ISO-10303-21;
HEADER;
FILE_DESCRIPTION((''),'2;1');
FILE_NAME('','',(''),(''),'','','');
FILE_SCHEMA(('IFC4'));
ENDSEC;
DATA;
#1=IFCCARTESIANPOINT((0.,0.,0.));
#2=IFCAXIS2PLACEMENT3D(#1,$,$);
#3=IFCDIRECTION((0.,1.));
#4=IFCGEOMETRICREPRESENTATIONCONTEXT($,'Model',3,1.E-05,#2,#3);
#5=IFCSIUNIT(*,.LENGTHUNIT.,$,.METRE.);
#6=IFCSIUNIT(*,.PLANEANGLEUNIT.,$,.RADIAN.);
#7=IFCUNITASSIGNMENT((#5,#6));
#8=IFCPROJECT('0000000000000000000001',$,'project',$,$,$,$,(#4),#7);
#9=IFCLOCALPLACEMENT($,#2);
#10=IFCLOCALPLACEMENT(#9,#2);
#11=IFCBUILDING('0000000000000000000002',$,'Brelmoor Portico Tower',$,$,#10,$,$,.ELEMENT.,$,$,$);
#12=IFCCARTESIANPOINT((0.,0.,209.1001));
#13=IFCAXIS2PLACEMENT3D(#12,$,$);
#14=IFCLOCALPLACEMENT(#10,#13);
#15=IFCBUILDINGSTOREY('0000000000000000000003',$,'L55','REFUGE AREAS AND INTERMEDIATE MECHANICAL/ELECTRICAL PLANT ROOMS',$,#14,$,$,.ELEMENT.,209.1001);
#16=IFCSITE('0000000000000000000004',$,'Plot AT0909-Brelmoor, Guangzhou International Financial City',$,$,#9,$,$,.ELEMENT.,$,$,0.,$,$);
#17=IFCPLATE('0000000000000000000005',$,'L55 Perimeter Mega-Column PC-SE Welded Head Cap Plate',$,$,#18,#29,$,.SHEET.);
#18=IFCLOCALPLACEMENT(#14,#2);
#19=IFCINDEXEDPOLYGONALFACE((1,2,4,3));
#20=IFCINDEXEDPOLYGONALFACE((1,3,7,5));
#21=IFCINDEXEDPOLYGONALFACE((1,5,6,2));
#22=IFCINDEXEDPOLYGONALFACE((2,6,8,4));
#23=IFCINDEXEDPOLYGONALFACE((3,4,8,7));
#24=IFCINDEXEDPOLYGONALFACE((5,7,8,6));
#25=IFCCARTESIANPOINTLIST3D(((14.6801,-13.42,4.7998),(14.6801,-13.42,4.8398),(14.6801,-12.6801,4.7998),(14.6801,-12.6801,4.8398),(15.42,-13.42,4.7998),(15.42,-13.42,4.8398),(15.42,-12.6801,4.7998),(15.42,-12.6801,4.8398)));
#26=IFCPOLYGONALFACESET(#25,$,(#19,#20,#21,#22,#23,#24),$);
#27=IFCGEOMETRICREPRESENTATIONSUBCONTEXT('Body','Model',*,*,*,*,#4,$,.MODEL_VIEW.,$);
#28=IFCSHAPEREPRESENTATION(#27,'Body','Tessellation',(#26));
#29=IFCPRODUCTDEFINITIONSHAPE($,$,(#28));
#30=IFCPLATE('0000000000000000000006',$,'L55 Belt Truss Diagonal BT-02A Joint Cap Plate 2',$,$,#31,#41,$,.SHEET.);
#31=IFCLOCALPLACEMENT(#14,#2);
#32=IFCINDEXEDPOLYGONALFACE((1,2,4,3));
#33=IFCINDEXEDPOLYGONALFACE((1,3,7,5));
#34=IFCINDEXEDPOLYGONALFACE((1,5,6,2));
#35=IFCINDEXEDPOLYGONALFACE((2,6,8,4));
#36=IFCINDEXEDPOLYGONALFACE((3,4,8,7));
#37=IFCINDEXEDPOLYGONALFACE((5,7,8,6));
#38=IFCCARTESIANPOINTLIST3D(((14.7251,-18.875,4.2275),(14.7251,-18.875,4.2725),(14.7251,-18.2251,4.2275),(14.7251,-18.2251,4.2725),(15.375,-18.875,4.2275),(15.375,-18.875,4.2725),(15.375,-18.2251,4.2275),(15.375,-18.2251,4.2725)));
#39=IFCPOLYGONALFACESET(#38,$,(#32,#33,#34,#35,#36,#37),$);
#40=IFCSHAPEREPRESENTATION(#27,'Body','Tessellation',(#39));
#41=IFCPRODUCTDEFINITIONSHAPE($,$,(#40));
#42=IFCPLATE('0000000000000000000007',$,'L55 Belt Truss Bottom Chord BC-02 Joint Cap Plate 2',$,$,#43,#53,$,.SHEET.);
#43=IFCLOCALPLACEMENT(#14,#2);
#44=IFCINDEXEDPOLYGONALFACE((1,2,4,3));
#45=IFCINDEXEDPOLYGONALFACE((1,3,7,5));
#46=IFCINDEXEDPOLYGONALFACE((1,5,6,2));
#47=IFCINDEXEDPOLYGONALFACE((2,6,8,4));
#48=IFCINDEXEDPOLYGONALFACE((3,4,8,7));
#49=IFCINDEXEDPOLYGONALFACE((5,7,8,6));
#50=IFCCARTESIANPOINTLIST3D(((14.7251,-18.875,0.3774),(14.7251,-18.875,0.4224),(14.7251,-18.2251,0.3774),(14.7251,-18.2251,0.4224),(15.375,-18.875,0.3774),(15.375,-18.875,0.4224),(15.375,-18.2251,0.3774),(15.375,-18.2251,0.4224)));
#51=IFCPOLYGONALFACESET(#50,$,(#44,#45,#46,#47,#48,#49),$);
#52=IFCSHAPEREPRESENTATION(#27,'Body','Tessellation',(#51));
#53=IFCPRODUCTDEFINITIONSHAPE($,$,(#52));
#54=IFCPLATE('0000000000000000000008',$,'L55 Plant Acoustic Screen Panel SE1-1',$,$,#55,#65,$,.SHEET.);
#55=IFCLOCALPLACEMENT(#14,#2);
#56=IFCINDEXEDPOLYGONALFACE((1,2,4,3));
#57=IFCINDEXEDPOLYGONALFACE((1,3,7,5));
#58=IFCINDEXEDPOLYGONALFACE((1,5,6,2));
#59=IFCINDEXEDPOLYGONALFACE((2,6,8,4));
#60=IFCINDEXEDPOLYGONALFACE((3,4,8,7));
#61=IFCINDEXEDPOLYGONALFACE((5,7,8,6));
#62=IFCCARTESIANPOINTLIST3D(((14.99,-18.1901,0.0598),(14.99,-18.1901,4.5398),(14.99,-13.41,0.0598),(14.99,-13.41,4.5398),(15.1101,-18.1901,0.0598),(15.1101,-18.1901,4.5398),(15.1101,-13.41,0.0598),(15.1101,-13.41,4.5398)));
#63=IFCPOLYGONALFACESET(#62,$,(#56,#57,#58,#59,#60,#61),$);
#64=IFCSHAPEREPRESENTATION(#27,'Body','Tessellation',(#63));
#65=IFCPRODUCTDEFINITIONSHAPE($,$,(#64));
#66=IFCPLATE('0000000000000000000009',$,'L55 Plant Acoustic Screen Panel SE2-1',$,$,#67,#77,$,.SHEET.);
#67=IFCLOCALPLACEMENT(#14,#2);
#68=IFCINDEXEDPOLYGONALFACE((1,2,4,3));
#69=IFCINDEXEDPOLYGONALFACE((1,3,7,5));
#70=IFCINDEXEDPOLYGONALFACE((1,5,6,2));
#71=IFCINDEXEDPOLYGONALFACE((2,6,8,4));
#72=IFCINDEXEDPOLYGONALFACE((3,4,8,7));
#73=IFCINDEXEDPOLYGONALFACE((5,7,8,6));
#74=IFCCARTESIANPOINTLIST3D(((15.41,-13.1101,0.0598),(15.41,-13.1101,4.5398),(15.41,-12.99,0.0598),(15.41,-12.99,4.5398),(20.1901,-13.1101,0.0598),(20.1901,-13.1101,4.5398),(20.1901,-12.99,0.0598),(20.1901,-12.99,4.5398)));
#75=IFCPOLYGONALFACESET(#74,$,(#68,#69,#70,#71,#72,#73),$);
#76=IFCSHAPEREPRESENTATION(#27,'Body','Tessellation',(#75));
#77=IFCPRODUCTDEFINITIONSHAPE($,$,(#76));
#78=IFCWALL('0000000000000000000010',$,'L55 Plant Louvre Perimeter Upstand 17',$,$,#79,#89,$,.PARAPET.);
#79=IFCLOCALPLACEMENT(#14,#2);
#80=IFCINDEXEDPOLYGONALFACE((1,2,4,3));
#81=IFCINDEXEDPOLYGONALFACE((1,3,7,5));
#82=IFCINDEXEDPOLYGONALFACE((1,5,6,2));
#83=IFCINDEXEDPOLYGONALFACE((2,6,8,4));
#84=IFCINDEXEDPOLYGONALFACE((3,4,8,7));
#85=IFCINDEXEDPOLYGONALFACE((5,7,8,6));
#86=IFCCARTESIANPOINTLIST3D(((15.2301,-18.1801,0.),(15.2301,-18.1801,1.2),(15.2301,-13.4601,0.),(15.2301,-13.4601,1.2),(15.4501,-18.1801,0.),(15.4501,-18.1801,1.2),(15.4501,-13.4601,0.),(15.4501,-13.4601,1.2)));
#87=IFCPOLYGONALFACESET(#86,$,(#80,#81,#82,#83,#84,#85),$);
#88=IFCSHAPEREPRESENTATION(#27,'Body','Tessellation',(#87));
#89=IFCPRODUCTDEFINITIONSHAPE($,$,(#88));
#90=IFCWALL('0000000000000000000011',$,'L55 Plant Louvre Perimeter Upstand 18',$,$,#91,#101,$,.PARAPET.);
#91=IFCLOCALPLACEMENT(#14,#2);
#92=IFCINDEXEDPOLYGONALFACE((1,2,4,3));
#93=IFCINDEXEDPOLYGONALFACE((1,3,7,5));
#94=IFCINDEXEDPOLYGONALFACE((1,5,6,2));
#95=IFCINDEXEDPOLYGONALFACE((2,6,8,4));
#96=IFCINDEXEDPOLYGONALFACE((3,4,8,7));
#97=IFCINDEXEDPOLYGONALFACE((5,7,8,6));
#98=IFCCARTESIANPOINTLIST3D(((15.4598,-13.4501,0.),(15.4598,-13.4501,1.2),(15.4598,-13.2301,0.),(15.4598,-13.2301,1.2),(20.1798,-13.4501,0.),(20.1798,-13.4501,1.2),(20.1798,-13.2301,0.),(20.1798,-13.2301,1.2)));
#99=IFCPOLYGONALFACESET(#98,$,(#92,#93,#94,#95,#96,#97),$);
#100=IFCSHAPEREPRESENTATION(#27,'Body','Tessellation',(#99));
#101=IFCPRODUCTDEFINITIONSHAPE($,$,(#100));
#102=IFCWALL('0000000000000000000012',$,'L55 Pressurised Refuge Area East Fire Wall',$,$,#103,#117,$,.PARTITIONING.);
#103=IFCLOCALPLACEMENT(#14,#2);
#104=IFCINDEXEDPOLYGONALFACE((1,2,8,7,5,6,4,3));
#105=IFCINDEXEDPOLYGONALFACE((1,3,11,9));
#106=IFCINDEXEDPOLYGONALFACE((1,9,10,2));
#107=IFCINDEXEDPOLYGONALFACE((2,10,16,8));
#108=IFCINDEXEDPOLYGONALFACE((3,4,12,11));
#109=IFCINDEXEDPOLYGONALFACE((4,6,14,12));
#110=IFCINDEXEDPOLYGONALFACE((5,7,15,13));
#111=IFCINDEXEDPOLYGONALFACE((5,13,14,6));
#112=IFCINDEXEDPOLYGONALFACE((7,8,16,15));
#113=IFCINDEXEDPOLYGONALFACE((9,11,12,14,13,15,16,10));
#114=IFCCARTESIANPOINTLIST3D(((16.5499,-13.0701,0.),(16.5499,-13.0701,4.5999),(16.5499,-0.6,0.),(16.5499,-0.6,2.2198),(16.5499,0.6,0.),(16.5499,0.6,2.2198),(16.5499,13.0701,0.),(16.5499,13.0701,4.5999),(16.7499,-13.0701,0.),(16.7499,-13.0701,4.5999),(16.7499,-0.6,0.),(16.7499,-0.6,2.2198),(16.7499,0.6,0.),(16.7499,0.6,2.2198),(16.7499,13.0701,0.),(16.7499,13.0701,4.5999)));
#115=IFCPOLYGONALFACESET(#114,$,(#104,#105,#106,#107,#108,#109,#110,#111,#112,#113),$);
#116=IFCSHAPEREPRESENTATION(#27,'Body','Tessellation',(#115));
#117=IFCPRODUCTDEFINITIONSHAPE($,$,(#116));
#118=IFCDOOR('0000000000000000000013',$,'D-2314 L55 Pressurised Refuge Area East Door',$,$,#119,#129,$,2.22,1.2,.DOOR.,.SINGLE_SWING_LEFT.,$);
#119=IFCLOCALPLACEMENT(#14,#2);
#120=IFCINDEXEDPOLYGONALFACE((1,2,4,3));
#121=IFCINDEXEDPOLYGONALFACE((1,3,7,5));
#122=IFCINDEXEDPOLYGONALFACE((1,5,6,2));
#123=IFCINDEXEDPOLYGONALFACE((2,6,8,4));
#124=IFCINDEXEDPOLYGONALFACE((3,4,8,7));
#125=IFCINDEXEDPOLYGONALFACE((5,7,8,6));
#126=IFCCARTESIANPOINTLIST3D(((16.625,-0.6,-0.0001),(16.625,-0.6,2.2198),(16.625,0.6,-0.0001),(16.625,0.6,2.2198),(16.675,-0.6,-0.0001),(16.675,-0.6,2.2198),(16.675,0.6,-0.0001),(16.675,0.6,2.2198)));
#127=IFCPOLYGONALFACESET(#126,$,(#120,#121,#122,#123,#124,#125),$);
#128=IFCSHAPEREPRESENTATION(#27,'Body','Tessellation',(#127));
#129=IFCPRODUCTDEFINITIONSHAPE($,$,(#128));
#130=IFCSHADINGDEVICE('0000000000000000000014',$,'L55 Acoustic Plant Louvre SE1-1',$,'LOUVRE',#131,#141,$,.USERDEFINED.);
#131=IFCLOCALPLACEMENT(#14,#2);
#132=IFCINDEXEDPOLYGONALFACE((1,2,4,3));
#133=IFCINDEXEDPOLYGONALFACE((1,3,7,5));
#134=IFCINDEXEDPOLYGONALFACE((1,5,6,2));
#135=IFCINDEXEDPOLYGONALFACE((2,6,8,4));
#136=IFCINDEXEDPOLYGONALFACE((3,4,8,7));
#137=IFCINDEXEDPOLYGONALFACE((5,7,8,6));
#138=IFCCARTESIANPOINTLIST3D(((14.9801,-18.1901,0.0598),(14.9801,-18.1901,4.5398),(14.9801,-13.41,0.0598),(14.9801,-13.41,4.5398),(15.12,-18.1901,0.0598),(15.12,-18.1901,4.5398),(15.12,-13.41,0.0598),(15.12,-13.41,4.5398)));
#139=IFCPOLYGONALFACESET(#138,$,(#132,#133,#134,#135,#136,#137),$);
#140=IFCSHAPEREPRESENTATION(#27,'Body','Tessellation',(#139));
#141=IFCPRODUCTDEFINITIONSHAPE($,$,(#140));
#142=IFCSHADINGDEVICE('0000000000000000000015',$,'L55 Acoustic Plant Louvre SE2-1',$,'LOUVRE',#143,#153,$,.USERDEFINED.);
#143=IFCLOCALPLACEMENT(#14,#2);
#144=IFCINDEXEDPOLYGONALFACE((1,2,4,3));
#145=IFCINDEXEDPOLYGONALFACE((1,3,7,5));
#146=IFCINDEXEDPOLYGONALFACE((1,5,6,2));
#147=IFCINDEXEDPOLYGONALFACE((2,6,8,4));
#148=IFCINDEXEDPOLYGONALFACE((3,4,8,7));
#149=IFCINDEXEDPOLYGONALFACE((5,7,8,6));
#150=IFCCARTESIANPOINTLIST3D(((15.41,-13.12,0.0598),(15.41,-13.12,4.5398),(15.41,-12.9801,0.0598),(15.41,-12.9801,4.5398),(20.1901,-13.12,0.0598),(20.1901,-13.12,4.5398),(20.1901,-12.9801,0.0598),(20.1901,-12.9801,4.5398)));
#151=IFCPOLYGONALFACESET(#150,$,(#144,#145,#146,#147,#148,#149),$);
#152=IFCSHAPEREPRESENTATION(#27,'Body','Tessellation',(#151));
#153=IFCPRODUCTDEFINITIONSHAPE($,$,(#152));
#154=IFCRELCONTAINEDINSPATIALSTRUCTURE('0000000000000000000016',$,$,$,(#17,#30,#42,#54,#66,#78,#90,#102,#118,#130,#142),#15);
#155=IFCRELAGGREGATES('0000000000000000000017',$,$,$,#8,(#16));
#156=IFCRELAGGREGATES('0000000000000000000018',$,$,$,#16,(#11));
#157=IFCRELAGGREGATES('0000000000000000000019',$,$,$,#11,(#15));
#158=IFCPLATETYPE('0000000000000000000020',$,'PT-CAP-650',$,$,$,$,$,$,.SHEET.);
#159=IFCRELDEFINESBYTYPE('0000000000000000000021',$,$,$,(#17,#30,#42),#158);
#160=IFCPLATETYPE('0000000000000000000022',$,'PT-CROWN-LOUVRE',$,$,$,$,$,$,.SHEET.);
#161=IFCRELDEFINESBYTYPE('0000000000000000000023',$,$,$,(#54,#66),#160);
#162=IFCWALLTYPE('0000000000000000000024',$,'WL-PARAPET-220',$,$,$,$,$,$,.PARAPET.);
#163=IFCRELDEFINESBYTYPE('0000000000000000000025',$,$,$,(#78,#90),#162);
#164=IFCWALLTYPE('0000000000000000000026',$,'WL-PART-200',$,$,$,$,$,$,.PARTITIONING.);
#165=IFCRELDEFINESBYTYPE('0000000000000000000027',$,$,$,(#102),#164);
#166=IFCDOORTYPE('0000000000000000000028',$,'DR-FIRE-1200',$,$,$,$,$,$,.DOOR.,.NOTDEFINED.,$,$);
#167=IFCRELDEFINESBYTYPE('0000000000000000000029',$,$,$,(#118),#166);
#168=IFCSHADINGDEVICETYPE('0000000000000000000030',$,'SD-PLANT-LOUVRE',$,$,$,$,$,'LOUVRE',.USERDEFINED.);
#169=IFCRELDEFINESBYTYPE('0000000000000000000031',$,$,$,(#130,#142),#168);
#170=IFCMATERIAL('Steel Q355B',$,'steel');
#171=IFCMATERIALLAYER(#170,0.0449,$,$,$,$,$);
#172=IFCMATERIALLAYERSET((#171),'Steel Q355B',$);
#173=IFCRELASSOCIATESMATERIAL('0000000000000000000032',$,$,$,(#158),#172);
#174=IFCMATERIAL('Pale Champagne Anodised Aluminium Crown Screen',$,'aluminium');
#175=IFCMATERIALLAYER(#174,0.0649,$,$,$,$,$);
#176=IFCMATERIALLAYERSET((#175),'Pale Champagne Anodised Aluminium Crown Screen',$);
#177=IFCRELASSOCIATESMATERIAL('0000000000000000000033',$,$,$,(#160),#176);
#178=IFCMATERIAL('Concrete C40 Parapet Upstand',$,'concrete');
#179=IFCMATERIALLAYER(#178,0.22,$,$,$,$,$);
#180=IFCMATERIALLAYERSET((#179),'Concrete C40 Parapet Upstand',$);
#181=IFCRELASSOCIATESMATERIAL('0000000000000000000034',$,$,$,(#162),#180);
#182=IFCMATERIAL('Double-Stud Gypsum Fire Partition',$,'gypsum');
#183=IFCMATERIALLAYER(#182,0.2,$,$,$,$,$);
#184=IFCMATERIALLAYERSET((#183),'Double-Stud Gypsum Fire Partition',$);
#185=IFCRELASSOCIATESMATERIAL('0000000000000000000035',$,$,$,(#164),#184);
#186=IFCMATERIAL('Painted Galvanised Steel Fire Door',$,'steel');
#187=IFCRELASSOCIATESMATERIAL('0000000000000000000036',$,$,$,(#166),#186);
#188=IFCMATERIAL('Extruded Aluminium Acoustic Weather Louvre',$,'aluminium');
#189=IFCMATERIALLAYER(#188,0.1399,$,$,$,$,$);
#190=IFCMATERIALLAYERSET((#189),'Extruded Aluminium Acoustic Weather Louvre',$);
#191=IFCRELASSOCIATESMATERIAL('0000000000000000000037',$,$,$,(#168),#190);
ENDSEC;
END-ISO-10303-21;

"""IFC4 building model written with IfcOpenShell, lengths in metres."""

from ifc_helpers import new_model, si_unit, direction, frame, frame_2d, origin, origin_2d, place, context, subcontext, project, spatial, rectangle, extrude, material, layer, layer_set, type_object, element, fill, save


model = new_model("IFC4")

# Units and contexts
model_context = context("Model", 3, precision=1e-05, world=origin(), true_north=direction((0.0, 1.0)))
body_context = subcontext(model_context, "Body", "Model", "MODEL_VIEW")
ifc_project = project(units=[si_unit("LENGTHUNIT", "METRE"), si_unit("PLANEANGLEUNIT", "RADIAN")], contexts=[model_context])

# Site, building, storey
site_placement = place(None, origin())
site = spatial("IfcSite", under=ifc_project, at=site_placement, Name="Plot AT0909-Brelmoor, Guangzhou International Financial City", CompositionType="ELEMENT", RefElevation=0.0)
building_placement = place(site_placement, origin())
building = spatial("IfcBuilding", under=site, at=building_placement, Name="Brelmoor Portico Tower", CompositionType="ELEMENT")
storey_placement = place(building_placement, frame((0.0, 0.0, 209.1001)))
storey = spatial("IfcBuildingStorey", under=building, at=storey_placement, Name="L55", Description="REFUGE AREAS AND INTERMEDIATE MECHANICAL/ELECTRICAL PLANT ROOMS", CompositionType="ELEMENT", Elevation=209.1001)

# Shared definitions
ifc_material_1 = material(Name="Steel Q355B", Category="steel")

# Plates
ifc_layer_1 = layer(ifc_material_1, 0.0449)
ifc_layer_set_1 = layer_set([ifc_layer_1], Name="Steel Q355B")
plate_type_1 = type_object("IfcPlateType", Name="PT-CAP-650", PredefinedType="SHEET", material=ifc_layer_set_1)
for number, where, z_axis, x_axis, name in (
    (1, (15.05, -13.05, 4.7998), (0.0, 0.0, 1.0), (1.0, 0.0, 0.0), "L55 Perimeter Mega-Column PC-SE Welded Head Cap Plate"),
):
    element("IfcPlate", number, at=place(storey_placement, frame(where, z_axis=z_axis, x_axis=x_axis)), inside=storey, type_object=plate_type_1, Name=name, PredefinedType="SHEET", context=body_context, shape_type="SweptSolid", body=[
        extrude(rectangle(XDim=0.74, YDim=0.74, at=origin_2d()), origin(), (0.0, 0.0, 1.0), 0.04),
    ])
for number, where, z_axis, x_axis, name in (
    (2, (15.05, -18.55, 4.2275), (0.0, 0.0, 1.0), (1.0, 0.0, 0.0), "L55 Belt Truss Diagonal BT-02A Joint Cap Plate 2"),
    (3, (15.05, -18.55, 0.3774), (0.0, 0.0, 1.0), (1.0, 0.0, 0.0), "L55 Belt Truss Bottom Chord BC-02 Joint Cap Plate 2"),
):
    element("IfcPlate", number, at=place(storey_placement, frame(where, z_axis=z_axis, x_axis=x_axis)), inside=storey, type_object=plate_type_1, Name=name, PredefinedType="SHEET", context=body_context, shape_type="SweptSolid", body=[
        extrude(rectangle(XDim=0.6499, YDim=0.6499, at=origin_2d()), origin(), (0.0, 0.0, 1.0), 0.0449),
    ])
ifc_material_2 = material(Name="Pale Champagne Anodised Aluminium Crown Screen", Category="aluminium")
ifc_layer_2 = layer(ifc_material_2, 0.0649)
ifc_layer_set_2 = layer_set([ifc_layer_2], Name="Pale Champagne Anodised Aluminium Crown Screen")
plate_type_2 = type_object("IfcPlateType", Name="PT-CROWN-LOUVRE", PredefinedType="SHEET", material=ifc_layer_set_2)
for number, where, z_axis, x_axis, name in (
    (4, (15.05, -15.8, 0.0598), (0.0, 0.0, 1.0), (0.0, 1.0, 0.0), "L55 Plant Acoustic Screen Panel SE1-1"),
    (5, (17.8, -13.05, 0.0598), (0.0, 0.0, 1.0), (1.0, 0.0, 0.0), "L55 Plant Acoustic Screen Panel SE2-1"),
):
    element("IfcPlate", number, at=place(storey_placement, frame(where, z_axis=z_axis, x_axis=x_axis)), inside=storey, type_object=plate_type_2, Name=name, PredefinedType="SHEET", context=body_context, shape_type="SweptSolid", body=[
        extrude(rectangle(XDim=4.78, YDim=0.1201, at=origin_2d()), origin(), (0.0, 0.0, 1.0), 4.48),
    ])

# Walls
ifc_material_3 = material(Name="Concrete C40 Parapet Upstand", Category="concrete")
ifc_layer_3 = layer(ifc_material_3, 0.22)
ifc_layer_set_3 = layer_set([ifc_layer_3], Name="Concrete C40 Parapet Upstand")
wall_type_1 = type_object("IfcWallType", Name="WL-PARAPET-220", PredefinedType="PARAPET", material=ifc_layer_set_3)
for number, where, z_axis, x_axis, name in (
    (6, (15.3401, -18.1799, 0.0), (0.0, 0.0, 1.0), (0.0, 1.0, 0.0), "L55 Plant Louvre Perimeter Upstand 17"),
    (7, (15.46, -13.3401, 0.0), (0.0, 0.0, 1.0), (1.0, 0.0, 0.0), "L55 Plant Louvre Perimeter Upstand 18"),
):
    element("IfcWall", number, at=place(storey_placement, frame(where, z_axis=z_axis, x_axis=x_axis)), inside=storey, type_object=wall_type_1, Name=name, PredefinedType="PARAPET", context=body_context, shape_type="SweptSolid", body=[
        extrude(rectangle(XDim=4.72, YDim=0.22, at=frame_2d((2.3599, 0.0))), origin(), (0.0, 0.0, 1.0), 1.2),
    ])

# Wall, opening, door
ifc_material_4 = material(Name="Double-Stud Gypsum Fire Partition", Category="gypsum")
ifc_layer_4 = layer(ifc_material_4, 0.2)
ifc_layer_set_4 = layer_set([ifc_layer_4], Name="Double-Stud Gypsum Fire Partition")
wall_type_2 = type_object("IfcWallType", Name="WL-PART-200", PredefinedType="PARTITIONING", material=ifc_layer_set_4)
wall_placement = place(storey_placement, frame((16.6499, -13.0701, 0.0), z_axis=(0.0, 0.0, 1.0), x_axis=(0.0, 1.0, 0.0)))
wall = element("IfcWall", 8, at=wall_placement, inside=storey, type_object=wall_type_2, Name="L55 Pressurised Refuge Area East Fire Wall", PredefinedType="PARTITIONING", context=body_context, shape_type="SweptSolid", body=[
    extrude(rectangle(XDim=26.1401, YDim=0.2, at=frame_2d((13.0701, 0.0))), origin(), (0.0, 0.0, 1.0), 4.5999),
])
opening_placement = place(wall_placement, frame((12.47, 0.0, 0.0)))
opening = element("IfcOpeningElement", 9, at=opening_placement, cuts=wall, PredefinedType="OPENING", context=body_context, shape_type="SweptSolid", body=[
    extrude(rectangle(XDim=1.2, YDim=2.22, at=frame_2d((0.6001, 1.1099))), frame((0.0, 0.1099, 0.0), z_axis=(0.0, -1.0, 0.0), x_axis=(1.0, 0.0, 0.0)), (0.0, 0.0, 1.0), 0.22),
])
ifc_material_5 = material(Name="Painted Galvanised Steel Fire Door", Category="steel")
door_type = type_object("IfcDoorType", Name="DR-FIRE-1200", OperationType="NOTDEFINED", PredefinedType="DOOR", material=ifc_material_5)
door_placement = place(opening_placement, origin())
door = element("IfcDoor", 10, at=door_placement, inside=storey, type_object=door_type, Name="D-2314 L55 Pressurised Refuge Area East Door", OperationType="SINGLE_SWING_LEFT", OverallHeight=2.22, OverallWidth=1.2, PredefinedType="DOOR", context=body_context, shape_type="SweptSolid", body=[
    extrude(rectangle(XDim=1.2, YDim=2.22, at=frame_2d((0.6001, 1.1099))), frame((0.0, 0.0249, 0.0), z_axis=(0.0, -1.0, 0.0), x_axis=(1.0, 0.0, 0.0)), (0.0, 0.0, 1.0), 0.05),
])
fill(opening, door)

# Shading devices
ifc_material_6 = material(Name="Extruded Aluminium Acoustic Weather Louvre", Category="aluminium")
ifc_layer_5 = layer(ifc_material_6, 0.1399)
ifc_layer_set_5 = layer_set([ifc_layer_5], Name="Extruded Aluminium Acoustic Weather Louvre")
shading_device_type = type_object("IfcShadingDeviceType", Name="SD-PLANT-LOUVRE", ElementType="LOUVRE", PredefinedType="USERDEFINED", material=ifc_layer_set_5)
for number, where, z_axis, x_axis, name in (
    (11, (15.05, -15.8, 0.0598), (0.0, 0.0, 1.0), (0.0, 1.0, 0.0), "L55 Acoustic Plant Louvre SE1-1"),
    (12, (17.8, -13.05, 0.0598), (0.0, 0.0, 1.0), (1.0, 0.0, 0.0), "L55 Acoustic Plant Louvre SE2-1"),
):
    element("IfcShadingDevice", number, at=place(storey_placement, frame(where, z_axis=z_axis, x_axis=x_axis)), inside=storey, type_object=shading_device_type, Name=name, ObjectType="LOUVRE", PredefinedType="USERDEFINED", context=body_context, shape_type="SweptSolid", body=[
        extrude(rectangle(XDim=4.78, YDim=0.1399, at=origin_2d()), origin(), (0.0, 0.0, 1.0), 4.48),
    ])

save(model, "model.ifc")
